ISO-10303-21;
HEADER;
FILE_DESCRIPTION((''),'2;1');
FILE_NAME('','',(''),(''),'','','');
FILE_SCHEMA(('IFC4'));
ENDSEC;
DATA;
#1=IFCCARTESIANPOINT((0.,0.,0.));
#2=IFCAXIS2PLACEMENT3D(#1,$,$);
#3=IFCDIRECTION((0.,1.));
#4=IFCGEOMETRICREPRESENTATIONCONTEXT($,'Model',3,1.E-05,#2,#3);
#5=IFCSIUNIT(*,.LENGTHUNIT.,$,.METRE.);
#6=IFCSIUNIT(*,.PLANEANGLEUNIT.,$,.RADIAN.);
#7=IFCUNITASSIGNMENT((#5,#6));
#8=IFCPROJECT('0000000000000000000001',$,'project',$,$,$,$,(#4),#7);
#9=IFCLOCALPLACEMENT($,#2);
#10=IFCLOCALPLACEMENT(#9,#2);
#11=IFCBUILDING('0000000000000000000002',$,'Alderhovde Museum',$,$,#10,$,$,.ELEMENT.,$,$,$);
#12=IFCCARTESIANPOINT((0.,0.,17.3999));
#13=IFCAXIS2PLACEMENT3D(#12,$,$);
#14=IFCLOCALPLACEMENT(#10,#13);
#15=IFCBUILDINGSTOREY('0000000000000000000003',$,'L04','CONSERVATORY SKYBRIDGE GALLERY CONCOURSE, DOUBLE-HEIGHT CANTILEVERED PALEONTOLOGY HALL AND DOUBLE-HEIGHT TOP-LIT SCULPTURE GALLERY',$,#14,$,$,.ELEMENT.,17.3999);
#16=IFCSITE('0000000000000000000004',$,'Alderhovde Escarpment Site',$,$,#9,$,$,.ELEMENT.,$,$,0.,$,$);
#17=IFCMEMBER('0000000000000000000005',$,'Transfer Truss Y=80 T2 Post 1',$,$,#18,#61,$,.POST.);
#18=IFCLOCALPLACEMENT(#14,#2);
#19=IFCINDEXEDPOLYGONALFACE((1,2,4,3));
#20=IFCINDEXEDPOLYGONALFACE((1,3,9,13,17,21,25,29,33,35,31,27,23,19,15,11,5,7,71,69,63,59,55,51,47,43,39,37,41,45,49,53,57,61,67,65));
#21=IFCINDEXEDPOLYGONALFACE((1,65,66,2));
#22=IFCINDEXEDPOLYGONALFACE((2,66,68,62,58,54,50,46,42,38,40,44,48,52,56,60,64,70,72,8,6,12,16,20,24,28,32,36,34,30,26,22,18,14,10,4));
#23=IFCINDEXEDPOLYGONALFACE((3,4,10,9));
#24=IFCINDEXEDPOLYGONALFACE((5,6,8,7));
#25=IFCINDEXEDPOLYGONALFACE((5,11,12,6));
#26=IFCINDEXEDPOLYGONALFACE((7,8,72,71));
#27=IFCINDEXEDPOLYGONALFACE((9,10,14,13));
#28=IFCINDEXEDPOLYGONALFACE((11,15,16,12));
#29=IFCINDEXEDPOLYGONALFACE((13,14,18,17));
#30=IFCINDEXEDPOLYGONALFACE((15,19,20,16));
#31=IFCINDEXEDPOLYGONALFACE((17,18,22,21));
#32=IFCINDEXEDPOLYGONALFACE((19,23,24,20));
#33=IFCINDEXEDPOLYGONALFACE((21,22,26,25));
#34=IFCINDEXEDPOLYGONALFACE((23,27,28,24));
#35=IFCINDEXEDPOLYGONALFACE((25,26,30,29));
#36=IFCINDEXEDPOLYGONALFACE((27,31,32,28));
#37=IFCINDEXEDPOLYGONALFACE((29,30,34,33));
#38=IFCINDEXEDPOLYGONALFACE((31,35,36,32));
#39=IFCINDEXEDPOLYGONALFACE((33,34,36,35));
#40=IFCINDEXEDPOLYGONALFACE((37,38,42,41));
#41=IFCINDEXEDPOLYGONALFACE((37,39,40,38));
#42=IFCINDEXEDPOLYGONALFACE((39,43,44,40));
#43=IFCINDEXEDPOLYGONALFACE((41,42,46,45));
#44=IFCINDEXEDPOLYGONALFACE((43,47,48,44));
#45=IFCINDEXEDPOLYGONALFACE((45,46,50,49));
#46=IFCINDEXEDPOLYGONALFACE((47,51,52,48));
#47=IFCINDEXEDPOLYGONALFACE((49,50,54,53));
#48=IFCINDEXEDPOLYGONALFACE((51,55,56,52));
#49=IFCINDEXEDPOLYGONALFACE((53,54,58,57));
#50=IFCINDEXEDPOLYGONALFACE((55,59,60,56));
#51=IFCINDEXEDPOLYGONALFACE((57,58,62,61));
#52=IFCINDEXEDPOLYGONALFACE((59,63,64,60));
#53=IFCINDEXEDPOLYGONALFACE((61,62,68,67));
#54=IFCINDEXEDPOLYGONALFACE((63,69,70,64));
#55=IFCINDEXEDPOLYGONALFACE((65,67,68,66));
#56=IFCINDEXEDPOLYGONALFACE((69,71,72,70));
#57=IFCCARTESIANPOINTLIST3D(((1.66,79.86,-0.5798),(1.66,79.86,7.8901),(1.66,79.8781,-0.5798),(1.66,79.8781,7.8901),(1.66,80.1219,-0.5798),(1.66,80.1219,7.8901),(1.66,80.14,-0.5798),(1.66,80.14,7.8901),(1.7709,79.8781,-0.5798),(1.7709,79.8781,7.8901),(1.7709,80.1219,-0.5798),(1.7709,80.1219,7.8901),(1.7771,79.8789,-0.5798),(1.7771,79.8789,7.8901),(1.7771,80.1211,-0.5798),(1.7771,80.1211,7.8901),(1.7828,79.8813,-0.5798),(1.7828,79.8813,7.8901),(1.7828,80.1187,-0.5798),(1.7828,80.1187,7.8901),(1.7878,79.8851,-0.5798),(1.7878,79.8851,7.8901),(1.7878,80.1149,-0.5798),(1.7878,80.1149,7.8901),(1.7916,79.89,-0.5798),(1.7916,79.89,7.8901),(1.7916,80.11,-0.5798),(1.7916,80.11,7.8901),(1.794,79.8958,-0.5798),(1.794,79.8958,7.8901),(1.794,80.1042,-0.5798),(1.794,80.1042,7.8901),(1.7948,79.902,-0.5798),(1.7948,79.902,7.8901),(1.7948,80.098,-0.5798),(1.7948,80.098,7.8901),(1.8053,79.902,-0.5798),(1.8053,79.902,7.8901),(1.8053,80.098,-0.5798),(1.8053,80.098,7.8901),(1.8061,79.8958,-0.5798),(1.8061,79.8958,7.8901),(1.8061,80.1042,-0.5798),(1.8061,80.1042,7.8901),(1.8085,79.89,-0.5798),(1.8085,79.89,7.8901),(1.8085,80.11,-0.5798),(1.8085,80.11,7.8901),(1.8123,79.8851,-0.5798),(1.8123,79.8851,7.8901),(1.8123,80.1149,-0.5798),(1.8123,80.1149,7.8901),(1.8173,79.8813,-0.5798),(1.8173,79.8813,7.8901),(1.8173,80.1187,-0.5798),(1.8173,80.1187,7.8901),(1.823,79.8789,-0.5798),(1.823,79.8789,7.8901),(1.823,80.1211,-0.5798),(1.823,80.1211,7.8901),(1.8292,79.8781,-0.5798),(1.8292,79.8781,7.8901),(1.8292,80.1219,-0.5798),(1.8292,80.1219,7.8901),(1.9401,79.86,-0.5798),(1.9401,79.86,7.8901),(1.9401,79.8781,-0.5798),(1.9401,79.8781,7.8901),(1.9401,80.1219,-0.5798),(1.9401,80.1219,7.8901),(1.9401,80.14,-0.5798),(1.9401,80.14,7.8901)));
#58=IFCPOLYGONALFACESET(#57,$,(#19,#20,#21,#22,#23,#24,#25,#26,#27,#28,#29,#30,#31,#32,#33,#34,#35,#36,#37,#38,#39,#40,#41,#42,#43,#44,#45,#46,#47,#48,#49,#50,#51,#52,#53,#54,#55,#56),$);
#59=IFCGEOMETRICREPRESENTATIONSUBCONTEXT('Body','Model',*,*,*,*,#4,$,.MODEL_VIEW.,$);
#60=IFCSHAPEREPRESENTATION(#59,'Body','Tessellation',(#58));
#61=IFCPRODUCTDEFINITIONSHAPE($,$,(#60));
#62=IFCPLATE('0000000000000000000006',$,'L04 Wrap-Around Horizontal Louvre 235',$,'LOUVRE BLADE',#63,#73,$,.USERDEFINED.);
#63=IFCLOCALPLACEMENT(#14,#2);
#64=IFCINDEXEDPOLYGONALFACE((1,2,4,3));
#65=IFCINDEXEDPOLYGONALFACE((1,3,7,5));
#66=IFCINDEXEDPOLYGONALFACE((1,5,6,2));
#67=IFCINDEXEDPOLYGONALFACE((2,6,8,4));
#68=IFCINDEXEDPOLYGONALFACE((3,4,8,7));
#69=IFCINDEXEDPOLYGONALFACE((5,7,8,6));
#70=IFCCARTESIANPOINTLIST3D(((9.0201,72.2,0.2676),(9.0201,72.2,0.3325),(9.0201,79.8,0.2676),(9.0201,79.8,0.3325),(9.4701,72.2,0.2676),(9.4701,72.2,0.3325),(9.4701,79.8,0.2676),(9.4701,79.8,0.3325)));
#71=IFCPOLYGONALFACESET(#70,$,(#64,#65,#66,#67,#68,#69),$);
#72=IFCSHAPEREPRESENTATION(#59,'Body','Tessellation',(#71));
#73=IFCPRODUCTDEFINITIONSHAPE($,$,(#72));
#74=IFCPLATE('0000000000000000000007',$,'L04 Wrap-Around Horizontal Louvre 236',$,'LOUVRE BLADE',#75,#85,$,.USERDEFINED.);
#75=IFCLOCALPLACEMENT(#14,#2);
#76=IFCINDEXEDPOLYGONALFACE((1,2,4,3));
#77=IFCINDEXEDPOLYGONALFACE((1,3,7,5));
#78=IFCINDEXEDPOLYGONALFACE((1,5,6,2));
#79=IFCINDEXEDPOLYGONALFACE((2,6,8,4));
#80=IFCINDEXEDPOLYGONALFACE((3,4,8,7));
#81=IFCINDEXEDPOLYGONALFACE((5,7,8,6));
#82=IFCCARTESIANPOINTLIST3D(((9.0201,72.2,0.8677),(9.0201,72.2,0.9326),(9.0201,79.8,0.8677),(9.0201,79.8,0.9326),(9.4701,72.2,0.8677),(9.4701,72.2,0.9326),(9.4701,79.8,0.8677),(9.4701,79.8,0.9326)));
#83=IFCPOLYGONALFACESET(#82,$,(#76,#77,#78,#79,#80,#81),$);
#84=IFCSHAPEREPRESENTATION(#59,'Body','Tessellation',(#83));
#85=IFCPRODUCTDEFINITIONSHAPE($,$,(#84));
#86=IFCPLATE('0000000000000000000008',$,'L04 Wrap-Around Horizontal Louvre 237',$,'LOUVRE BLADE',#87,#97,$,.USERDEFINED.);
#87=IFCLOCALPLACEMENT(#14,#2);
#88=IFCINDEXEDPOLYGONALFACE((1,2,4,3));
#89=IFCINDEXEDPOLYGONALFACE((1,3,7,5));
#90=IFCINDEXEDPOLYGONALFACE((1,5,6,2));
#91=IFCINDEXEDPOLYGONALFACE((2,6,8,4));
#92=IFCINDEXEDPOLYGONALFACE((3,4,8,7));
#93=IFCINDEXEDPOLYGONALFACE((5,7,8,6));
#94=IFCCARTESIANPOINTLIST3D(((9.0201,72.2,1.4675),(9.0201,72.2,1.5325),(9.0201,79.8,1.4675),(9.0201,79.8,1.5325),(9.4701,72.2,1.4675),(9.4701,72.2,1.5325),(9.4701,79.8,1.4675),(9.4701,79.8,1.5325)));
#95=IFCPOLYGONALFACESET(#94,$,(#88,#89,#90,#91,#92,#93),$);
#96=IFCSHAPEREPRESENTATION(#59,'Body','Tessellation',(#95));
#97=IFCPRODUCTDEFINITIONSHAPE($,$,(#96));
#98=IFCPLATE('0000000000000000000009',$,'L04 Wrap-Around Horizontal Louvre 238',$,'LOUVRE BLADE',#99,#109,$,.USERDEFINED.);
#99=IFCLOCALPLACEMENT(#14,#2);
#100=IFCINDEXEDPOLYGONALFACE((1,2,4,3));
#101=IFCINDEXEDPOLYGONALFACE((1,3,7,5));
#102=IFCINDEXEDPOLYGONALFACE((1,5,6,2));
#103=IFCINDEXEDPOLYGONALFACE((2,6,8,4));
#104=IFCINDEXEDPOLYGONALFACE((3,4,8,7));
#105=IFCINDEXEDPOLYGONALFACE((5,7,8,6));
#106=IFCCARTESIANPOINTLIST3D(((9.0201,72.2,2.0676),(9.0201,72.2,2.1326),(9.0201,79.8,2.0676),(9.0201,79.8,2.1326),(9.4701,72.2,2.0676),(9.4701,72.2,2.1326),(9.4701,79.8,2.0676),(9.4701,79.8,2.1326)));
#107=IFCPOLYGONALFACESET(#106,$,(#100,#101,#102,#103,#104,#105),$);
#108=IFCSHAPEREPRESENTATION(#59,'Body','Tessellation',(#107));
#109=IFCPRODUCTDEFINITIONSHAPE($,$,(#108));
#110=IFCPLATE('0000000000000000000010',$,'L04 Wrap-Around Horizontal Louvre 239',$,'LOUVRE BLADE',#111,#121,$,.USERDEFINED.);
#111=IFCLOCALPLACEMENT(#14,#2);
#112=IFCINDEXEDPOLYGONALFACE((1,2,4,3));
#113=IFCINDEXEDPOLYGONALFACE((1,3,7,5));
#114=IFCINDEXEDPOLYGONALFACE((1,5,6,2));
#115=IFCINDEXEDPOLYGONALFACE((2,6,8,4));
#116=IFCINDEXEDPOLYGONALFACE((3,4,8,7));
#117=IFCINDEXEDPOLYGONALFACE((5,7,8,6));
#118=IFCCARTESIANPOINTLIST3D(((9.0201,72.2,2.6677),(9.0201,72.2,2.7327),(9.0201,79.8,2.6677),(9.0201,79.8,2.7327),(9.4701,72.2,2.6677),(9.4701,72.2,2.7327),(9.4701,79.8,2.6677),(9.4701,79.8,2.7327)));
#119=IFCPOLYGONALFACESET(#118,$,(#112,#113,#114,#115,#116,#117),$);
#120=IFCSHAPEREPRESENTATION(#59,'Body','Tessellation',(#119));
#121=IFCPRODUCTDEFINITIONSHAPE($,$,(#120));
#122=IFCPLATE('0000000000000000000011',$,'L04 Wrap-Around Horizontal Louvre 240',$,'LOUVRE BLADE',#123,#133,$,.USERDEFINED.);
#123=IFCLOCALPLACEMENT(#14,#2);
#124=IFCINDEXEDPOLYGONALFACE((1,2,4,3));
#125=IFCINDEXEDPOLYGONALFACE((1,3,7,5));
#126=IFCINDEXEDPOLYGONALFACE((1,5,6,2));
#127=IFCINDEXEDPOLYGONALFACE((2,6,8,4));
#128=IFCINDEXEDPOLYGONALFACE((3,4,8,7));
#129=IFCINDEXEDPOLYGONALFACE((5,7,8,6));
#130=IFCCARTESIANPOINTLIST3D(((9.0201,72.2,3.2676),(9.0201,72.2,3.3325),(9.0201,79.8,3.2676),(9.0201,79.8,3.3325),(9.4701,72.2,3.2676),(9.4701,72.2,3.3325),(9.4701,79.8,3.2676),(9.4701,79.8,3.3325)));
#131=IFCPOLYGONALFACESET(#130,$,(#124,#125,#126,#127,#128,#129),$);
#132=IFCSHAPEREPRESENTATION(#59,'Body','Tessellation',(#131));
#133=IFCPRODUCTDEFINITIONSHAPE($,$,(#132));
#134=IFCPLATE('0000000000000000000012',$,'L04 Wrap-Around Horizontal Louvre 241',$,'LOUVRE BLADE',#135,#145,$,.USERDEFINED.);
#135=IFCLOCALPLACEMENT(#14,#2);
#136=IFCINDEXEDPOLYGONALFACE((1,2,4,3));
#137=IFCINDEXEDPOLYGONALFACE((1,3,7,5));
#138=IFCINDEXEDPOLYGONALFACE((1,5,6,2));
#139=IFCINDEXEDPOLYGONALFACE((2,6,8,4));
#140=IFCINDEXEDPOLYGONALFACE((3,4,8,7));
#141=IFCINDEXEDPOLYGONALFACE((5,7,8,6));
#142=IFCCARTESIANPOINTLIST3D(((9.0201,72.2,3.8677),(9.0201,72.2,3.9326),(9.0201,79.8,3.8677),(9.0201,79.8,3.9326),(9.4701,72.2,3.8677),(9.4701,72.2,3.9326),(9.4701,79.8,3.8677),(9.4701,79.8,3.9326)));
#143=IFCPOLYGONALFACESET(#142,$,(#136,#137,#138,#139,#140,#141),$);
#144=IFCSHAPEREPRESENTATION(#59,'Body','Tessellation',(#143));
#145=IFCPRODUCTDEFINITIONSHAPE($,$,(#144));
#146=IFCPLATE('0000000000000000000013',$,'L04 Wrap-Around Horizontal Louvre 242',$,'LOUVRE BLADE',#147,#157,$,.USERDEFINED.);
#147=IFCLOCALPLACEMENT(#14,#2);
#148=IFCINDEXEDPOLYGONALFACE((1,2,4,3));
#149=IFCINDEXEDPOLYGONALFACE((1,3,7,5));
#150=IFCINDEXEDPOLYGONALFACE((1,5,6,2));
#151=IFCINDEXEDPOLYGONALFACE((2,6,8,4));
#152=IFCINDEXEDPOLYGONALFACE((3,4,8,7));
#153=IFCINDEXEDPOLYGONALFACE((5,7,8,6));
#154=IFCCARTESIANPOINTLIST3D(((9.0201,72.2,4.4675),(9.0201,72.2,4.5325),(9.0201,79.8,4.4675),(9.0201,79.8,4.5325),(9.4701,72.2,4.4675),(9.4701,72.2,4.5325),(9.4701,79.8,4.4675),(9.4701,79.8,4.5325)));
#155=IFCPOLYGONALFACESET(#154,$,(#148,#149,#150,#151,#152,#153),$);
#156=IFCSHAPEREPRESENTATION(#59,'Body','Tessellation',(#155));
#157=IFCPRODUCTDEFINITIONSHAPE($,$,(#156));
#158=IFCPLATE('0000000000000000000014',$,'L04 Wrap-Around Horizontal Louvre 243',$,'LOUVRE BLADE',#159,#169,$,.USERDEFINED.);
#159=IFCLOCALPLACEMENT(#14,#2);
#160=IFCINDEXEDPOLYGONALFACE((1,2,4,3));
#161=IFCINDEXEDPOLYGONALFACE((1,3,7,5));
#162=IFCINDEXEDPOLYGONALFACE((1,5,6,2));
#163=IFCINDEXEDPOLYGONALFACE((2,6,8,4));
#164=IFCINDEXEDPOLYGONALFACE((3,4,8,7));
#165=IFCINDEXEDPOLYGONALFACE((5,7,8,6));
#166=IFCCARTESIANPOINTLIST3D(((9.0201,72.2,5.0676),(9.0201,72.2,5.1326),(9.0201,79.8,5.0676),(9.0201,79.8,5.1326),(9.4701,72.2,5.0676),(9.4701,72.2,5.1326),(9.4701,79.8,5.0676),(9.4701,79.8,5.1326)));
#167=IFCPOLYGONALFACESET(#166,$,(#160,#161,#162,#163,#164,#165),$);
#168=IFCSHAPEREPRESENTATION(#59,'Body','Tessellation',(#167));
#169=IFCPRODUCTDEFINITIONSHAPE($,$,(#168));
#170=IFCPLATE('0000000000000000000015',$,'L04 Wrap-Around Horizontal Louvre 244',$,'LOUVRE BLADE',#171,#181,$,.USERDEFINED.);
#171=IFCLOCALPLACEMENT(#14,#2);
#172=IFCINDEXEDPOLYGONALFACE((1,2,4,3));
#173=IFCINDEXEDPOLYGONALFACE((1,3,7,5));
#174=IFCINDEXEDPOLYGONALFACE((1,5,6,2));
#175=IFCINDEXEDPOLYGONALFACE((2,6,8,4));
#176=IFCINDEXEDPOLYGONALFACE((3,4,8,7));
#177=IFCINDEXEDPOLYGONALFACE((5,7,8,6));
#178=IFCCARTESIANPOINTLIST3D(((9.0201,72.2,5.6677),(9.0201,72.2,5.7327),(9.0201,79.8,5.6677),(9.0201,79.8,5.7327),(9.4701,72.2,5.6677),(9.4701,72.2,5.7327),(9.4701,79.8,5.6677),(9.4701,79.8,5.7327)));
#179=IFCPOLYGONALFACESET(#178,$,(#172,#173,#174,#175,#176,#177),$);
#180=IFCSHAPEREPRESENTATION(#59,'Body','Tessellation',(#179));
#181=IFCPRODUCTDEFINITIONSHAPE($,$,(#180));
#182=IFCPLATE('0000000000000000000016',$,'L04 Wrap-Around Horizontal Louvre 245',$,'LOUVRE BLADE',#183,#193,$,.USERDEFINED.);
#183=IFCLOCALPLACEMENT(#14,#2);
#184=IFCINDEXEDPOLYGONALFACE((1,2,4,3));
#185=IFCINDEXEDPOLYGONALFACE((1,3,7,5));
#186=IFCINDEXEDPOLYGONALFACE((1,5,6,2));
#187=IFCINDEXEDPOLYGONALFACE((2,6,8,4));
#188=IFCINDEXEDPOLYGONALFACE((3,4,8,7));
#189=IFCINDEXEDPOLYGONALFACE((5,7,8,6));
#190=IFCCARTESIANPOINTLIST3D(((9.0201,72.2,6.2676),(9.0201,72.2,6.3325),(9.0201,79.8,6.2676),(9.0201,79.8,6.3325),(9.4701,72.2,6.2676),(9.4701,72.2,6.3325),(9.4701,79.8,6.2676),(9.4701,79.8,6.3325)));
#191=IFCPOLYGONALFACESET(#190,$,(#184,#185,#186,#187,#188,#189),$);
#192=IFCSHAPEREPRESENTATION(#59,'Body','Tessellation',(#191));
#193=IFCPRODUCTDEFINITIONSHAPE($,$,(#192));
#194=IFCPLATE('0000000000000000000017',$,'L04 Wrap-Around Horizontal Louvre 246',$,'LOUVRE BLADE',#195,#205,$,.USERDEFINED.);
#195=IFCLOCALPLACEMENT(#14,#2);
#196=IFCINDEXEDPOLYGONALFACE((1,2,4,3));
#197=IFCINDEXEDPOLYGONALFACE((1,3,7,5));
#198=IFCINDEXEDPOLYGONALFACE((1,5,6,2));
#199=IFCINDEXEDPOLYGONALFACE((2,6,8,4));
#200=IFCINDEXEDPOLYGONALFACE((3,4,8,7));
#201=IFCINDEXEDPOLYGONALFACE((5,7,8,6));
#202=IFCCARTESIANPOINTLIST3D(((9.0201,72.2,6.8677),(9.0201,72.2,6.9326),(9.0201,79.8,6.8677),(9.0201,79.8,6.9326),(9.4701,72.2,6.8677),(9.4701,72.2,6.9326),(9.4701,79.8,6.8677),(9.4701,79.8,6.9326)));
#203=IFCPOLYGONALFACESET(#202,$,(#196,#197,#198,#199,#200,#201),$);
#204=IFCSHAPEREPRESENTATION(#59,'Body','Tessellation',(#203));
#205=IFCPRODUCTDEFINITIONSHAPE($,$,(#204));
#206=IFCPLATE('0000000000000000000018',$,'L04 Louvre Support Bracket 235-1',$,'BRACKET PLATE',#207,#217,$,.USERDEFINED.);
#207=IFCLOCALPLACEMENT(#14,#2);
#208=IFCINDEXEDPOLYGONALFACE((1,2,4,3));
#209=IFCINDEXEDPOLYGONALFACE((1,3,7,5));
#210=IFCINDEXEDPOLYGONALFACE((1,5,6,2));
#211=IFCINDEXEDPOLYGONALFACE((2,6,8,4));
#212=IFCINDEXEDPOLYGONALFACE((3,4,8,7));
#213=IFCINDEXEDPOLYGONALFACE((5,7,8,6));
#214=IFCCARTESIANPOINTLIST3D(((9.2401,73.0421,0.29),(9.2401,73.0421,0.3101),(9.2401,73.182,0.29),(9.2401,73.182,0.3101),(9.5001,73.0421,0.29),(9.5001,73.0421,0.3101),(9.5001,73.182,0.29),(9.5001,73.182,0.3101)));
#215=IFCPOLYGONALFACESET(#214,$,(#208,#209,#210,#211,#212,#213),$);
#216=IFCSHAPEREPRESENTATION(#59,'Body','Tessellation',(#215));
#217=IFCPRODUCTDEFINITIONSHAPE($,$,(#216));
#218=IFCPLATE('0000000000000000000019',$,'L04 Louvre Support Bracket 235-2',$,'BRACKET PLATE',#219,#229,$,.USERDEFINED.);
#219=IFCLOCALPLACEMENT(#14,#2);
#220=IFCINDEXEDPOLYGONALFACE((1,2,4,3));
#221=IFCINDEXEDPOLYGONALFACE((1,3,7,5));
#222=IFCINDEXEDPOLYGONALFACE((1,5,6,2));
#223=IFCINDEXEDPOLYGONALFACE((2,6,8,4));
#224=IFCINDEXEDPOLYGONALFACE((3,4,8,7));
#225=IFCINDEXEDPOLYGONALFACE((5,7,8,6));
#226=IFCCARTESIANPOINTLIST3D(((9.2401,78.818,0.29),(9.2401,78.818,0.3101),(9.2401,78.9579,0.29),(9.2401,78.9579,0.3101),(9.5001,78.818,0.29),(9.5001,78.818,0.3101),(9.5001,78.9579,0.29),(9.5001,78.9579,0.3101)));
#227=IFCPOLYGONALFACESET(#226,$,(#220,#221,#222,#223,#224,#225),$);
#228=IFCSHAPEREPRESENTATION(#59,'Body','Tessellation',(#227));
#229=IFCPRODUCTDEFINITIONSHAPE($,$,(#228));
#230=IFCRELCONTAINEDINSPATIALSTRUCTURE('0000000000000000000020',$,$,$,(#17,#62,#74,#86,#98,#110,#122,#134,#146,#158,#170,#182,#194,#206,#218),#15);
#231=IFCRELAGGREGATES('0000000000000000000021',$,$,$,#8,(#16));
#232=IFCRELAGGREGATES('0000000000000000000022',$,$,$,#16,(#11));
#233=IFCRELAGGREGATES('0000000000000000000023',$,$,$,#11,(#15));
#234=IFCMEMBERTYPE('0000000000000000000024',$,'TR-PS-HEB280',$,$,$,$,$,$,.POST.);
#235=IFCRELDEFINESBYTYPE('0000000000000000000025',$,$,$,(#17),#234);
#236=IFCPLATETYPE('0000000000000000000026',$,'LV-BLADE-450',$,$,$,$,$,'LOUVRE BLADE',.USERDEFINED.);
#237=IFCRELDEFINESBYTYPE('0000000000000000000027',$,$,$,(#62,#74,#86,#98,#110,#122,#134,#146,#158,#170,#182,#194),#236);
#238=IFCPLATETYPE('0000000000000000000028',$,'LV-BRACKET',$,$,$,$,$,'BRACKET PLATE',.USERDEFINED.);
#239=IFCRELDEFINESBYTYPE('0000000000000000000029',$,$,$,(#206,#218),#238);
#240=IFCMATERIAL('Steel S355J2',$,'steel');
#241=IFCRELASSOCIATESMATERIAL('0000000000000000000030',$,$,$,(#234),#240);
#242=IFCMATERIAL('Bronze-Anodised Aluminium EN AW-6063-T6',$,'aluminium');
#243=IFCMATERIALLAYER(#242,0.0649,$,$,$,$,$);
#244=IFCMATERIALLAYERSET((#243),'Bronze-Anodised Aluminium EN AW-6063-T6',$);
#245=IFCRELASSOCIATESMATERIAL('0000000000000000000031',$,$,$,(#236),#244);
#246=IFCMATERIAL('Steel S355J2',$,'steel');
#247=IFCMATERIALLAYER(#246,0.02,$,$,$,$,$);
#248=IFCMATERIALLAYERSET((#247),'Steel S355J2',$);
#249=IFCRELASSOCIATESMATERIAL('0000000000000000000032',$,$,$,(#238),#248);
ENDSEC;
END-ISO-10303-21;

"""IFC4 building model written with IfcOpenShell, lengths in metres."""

from ifc_helpers import new_model, si_unit, direction, frame, origin, origin_2d, place, context, subcontext, project, spatial, rectangle, i_section, extrude, material, layer, layer_set, material_profile, profile_set, type_object, element, save


model = new_model("IFC4")

# Units and contexts
model_context = context("Model", 3, precision=1e-05, world=origin(), true_north=direction((0.0, 1.0)))
body_context = subcontext(model_context, "Body", "Model", "MODEL_VIEW")
ifc_project = project(units=[si_unit("LENGTHUNIT", "METRE"), si_unit("PLANEANGLEUNIT", "RADIAN")], contexts=[model_context])

# Site, building, storey
site_placement = place(None, origin())
site = spatial("IfcSite", under=ifc_project, at=site_placement, Name="Alderhovde Escarpment Site", CompositionType="ELEMENT", RefElevation=0.0)
building_placement = place(site_placement, origin())
building = spatial("IfcBuilding", under=site, at=building_placement, Name="Alderhovde Museum", CompositionType="ELEMENT")
storey_placement = place(building_placement, frame((0.0, 0.0, 17.3999)))
storey = spatial("IfcBuildingStorey", under=building, at=storey_placement, Name="L04", Description="CONSERVATORY SKYBRIDGE GALLERY CONCOURSE, DOUBLE-HEIGHT CANTILEVERED PALEONTOLOGY HALL AND DOUBLE-HEIGHT TOP-LIT SCULPTURE GALLERY", CompositionType="ELEMENT", Elevation=17.3999)

# Member
ifc_material_1 = material(Name="Steel S355J2", Category="steel")
ifc_material_profile_1 = material_profile(ifc_material_1, i_section(OverallWidth=0.28, OverallDepth=0.28, WebThickness=0.0105, FlangeThickness=0.0181, FilletRadius=0.0239, at=origin_2d()), Name="HEB 280")
ifc_profile_set_1 = profile_set([ifc_material_profile_1], Name="Steel S355J2")
member_type_1 = type_object("IfcMemberType", Name="TR-PS-HEB280", PredefinedType="POST", material=ifc_profile_set_1)
member_1_placement = place(storey_placement, frame((1.8, 80.0, -0.5798), z_axis=(0.0, 0.0, 1.0), x_axis=(1.0, 0.0, 0.0)))
element("IfcMember", 1, at=member_1_placement, inside=storey, type_object=member_type_1, Name="Transfer Truss Y=80 T2 Post 1", PredefinedType="POST", context=body_context, shape_type="SweptSolid", body=[
    extrude(i_section(OverallWidth=0.28, OverallDepth=0.28, WebThickness=0.0105, FlangeThickness=0.0181, FilletRadius=0.0239, at=origin_2d()), origin(), (0.0, 0.0, 1.0), 8.47),
])

# Plates
ifc_material_2 = material(Name="Bronze-Anodised Aluminium EN AW-6063-T6", Category="aluminium")
ifc_layer_1 = layer(ifc_material_2, 0.0649)
ifc_layer_set_1 = layer_set([ifc_layer_1], Name="Bronze-Anodised Aluminium EN AW-6063-T6")
plate_type_1 = type_object("IfcPlateType", Name="LV-BLADE-450", ElementType="LOUVRE BLADE", PredefinedType="USERDEFINED", material=ifc_layer_set_1)
for number, where, z_axis, x_axis, name in (
    (2, (9.2451, 76.0, 0.2676), (0.0, 0.0, 1.0), (0.0, 1.0, 0.0), "L04 Wrap-Around Horizontal Louvre 235"),
    (3, (9.2451, 76.0, 0.8677), (0.0, 0.0, 1.0), (0.0, 1.0, 0.0), "L04 Wrap-Around Horizontal Louvre 236"),
    (4, (9.2451, 76.0, 1.4675), (0.0, 0.0, 1.0), (0.0, 1.0, 0.0), "L04 Wrap-Around Horizontal Louvre 237"),
    (5, (9.2451, 76.0, 2.0676), (0.0, 0.0, 1.0), (0.0, 1.0, 0.0), "L04 Wrap-Around Horizontal Louvre 238"),
    (6, (9.2451, 76.0, 2.6677), (0.0, 0.0, 1.0), (0.0, 1.0, 0.0), "L04 Wrap-Around Horizontal Louvre 239"),
    (7, (9.2451, 76.0, 3.2676), (0.0, 0.0, 1.0), (0.0, 1.0, 0.0), "L04 Wrap-Around Horizontal Louvre 240"),
    (8, (9.2451, 76.0, 3.8677), (0.0, 0.0, 1.0), (0.0, 1.0, 0.0), "L04 Wrap-Around Horizontal Louvre 241"),
    (9, (9.2451, 76.0, 4.4675), (0.0, 0.0, 1.0), (0.0, 1.0, 0.0), "L04 Wrap-Around Horizontal Louvre 242"),
    (10, (9.2451, 76.0, 5.0676), (0.0, 0.0, 1.0), (0.0, 1.0, 0.0), "L04 Wrap-Around Horizontal Louvre 243"),
    (11, (9.2451, 76.0, 5.6677), (0.0, 0.0, 1.0), (0.0, 1.0, 0.0), "L04 Wrap-Around Horizontal Louvre 244"),
    (12, (9.2451, 76.0, 6.2676), (0.0, 0.0, 1.0), (0.0, 1.0, 0.0), "L04 Wrap-Around Horizontal Louvre 245"),
    (13, (9.2451, 76.0, 6.8677), (0.0, 0.0, 1.0), (0.0, 1.0, 0.0), "L04 Wrap-Around Horizontal Louvre 246"),
):
    element("IfcPlate", number, at=place(storey_placement, frame(where, z_axis=z_axis, x_axis=x_axis)), inside=storey, type_object=plate_type_1, Name=name, ObjectType="LOUVRE BLADE", PredefinedType="USERDEFINED", context=body_context, shape_type="SweptSolid", body=[
        extrude(rectangle(XDim=7.6001, YDim=0.45, at=origin_2d()), origin(), (0.0, 0.0, 1.0), 0.0649),
    ])
ifc_material_3 = material(Name="Steel S355J2", Category="steel")
ifc_layer_2 = layer(ifc_material_3, 0.02)
ifc_layer_set_2 = layer_set([ifc_layer_2], Name="Steel S355J2")
plate_type_2 = type_object("IfcPlateType", Name="LV-BRACKET", ElementType="BRACKET PLATE", PredefinedType="USERDEFINED", material=ifc_layer_set_2)
for number, where, z_axis, x_axis, name in (
    (14, (9.3701, 73.1121, 0.29), (0.0, 0.0, 1.0), (0.0, 1.0, 0.0), "L04 Louvre Support Bracket 235-1"),
    (15, (9.3701, 78.8879, 0.29), (0.0, 0.0, 1.0), (0.0, 1.0, 0.0), "L04 Louvre Support Bracket 235-2"),
):
    element("IfcPlate", number, at=place(storey_placement, frame(where, z_axis=z_axis, x_axis=x_axis)), inside=storey, type_object=plate_type_2, Name=name, ObjectType="BRACKET PLATE", PredefinedType="USERDEFINED", context=body_context, shape_type="SweptSolid", body=[
        extrude(rectangle(XDim=0.1399, YDim=0.26, at=origin_2d()), origin(), (0.0, 0.0, 1.0), 0.02),
    ])

save(model, "model.ifc")
